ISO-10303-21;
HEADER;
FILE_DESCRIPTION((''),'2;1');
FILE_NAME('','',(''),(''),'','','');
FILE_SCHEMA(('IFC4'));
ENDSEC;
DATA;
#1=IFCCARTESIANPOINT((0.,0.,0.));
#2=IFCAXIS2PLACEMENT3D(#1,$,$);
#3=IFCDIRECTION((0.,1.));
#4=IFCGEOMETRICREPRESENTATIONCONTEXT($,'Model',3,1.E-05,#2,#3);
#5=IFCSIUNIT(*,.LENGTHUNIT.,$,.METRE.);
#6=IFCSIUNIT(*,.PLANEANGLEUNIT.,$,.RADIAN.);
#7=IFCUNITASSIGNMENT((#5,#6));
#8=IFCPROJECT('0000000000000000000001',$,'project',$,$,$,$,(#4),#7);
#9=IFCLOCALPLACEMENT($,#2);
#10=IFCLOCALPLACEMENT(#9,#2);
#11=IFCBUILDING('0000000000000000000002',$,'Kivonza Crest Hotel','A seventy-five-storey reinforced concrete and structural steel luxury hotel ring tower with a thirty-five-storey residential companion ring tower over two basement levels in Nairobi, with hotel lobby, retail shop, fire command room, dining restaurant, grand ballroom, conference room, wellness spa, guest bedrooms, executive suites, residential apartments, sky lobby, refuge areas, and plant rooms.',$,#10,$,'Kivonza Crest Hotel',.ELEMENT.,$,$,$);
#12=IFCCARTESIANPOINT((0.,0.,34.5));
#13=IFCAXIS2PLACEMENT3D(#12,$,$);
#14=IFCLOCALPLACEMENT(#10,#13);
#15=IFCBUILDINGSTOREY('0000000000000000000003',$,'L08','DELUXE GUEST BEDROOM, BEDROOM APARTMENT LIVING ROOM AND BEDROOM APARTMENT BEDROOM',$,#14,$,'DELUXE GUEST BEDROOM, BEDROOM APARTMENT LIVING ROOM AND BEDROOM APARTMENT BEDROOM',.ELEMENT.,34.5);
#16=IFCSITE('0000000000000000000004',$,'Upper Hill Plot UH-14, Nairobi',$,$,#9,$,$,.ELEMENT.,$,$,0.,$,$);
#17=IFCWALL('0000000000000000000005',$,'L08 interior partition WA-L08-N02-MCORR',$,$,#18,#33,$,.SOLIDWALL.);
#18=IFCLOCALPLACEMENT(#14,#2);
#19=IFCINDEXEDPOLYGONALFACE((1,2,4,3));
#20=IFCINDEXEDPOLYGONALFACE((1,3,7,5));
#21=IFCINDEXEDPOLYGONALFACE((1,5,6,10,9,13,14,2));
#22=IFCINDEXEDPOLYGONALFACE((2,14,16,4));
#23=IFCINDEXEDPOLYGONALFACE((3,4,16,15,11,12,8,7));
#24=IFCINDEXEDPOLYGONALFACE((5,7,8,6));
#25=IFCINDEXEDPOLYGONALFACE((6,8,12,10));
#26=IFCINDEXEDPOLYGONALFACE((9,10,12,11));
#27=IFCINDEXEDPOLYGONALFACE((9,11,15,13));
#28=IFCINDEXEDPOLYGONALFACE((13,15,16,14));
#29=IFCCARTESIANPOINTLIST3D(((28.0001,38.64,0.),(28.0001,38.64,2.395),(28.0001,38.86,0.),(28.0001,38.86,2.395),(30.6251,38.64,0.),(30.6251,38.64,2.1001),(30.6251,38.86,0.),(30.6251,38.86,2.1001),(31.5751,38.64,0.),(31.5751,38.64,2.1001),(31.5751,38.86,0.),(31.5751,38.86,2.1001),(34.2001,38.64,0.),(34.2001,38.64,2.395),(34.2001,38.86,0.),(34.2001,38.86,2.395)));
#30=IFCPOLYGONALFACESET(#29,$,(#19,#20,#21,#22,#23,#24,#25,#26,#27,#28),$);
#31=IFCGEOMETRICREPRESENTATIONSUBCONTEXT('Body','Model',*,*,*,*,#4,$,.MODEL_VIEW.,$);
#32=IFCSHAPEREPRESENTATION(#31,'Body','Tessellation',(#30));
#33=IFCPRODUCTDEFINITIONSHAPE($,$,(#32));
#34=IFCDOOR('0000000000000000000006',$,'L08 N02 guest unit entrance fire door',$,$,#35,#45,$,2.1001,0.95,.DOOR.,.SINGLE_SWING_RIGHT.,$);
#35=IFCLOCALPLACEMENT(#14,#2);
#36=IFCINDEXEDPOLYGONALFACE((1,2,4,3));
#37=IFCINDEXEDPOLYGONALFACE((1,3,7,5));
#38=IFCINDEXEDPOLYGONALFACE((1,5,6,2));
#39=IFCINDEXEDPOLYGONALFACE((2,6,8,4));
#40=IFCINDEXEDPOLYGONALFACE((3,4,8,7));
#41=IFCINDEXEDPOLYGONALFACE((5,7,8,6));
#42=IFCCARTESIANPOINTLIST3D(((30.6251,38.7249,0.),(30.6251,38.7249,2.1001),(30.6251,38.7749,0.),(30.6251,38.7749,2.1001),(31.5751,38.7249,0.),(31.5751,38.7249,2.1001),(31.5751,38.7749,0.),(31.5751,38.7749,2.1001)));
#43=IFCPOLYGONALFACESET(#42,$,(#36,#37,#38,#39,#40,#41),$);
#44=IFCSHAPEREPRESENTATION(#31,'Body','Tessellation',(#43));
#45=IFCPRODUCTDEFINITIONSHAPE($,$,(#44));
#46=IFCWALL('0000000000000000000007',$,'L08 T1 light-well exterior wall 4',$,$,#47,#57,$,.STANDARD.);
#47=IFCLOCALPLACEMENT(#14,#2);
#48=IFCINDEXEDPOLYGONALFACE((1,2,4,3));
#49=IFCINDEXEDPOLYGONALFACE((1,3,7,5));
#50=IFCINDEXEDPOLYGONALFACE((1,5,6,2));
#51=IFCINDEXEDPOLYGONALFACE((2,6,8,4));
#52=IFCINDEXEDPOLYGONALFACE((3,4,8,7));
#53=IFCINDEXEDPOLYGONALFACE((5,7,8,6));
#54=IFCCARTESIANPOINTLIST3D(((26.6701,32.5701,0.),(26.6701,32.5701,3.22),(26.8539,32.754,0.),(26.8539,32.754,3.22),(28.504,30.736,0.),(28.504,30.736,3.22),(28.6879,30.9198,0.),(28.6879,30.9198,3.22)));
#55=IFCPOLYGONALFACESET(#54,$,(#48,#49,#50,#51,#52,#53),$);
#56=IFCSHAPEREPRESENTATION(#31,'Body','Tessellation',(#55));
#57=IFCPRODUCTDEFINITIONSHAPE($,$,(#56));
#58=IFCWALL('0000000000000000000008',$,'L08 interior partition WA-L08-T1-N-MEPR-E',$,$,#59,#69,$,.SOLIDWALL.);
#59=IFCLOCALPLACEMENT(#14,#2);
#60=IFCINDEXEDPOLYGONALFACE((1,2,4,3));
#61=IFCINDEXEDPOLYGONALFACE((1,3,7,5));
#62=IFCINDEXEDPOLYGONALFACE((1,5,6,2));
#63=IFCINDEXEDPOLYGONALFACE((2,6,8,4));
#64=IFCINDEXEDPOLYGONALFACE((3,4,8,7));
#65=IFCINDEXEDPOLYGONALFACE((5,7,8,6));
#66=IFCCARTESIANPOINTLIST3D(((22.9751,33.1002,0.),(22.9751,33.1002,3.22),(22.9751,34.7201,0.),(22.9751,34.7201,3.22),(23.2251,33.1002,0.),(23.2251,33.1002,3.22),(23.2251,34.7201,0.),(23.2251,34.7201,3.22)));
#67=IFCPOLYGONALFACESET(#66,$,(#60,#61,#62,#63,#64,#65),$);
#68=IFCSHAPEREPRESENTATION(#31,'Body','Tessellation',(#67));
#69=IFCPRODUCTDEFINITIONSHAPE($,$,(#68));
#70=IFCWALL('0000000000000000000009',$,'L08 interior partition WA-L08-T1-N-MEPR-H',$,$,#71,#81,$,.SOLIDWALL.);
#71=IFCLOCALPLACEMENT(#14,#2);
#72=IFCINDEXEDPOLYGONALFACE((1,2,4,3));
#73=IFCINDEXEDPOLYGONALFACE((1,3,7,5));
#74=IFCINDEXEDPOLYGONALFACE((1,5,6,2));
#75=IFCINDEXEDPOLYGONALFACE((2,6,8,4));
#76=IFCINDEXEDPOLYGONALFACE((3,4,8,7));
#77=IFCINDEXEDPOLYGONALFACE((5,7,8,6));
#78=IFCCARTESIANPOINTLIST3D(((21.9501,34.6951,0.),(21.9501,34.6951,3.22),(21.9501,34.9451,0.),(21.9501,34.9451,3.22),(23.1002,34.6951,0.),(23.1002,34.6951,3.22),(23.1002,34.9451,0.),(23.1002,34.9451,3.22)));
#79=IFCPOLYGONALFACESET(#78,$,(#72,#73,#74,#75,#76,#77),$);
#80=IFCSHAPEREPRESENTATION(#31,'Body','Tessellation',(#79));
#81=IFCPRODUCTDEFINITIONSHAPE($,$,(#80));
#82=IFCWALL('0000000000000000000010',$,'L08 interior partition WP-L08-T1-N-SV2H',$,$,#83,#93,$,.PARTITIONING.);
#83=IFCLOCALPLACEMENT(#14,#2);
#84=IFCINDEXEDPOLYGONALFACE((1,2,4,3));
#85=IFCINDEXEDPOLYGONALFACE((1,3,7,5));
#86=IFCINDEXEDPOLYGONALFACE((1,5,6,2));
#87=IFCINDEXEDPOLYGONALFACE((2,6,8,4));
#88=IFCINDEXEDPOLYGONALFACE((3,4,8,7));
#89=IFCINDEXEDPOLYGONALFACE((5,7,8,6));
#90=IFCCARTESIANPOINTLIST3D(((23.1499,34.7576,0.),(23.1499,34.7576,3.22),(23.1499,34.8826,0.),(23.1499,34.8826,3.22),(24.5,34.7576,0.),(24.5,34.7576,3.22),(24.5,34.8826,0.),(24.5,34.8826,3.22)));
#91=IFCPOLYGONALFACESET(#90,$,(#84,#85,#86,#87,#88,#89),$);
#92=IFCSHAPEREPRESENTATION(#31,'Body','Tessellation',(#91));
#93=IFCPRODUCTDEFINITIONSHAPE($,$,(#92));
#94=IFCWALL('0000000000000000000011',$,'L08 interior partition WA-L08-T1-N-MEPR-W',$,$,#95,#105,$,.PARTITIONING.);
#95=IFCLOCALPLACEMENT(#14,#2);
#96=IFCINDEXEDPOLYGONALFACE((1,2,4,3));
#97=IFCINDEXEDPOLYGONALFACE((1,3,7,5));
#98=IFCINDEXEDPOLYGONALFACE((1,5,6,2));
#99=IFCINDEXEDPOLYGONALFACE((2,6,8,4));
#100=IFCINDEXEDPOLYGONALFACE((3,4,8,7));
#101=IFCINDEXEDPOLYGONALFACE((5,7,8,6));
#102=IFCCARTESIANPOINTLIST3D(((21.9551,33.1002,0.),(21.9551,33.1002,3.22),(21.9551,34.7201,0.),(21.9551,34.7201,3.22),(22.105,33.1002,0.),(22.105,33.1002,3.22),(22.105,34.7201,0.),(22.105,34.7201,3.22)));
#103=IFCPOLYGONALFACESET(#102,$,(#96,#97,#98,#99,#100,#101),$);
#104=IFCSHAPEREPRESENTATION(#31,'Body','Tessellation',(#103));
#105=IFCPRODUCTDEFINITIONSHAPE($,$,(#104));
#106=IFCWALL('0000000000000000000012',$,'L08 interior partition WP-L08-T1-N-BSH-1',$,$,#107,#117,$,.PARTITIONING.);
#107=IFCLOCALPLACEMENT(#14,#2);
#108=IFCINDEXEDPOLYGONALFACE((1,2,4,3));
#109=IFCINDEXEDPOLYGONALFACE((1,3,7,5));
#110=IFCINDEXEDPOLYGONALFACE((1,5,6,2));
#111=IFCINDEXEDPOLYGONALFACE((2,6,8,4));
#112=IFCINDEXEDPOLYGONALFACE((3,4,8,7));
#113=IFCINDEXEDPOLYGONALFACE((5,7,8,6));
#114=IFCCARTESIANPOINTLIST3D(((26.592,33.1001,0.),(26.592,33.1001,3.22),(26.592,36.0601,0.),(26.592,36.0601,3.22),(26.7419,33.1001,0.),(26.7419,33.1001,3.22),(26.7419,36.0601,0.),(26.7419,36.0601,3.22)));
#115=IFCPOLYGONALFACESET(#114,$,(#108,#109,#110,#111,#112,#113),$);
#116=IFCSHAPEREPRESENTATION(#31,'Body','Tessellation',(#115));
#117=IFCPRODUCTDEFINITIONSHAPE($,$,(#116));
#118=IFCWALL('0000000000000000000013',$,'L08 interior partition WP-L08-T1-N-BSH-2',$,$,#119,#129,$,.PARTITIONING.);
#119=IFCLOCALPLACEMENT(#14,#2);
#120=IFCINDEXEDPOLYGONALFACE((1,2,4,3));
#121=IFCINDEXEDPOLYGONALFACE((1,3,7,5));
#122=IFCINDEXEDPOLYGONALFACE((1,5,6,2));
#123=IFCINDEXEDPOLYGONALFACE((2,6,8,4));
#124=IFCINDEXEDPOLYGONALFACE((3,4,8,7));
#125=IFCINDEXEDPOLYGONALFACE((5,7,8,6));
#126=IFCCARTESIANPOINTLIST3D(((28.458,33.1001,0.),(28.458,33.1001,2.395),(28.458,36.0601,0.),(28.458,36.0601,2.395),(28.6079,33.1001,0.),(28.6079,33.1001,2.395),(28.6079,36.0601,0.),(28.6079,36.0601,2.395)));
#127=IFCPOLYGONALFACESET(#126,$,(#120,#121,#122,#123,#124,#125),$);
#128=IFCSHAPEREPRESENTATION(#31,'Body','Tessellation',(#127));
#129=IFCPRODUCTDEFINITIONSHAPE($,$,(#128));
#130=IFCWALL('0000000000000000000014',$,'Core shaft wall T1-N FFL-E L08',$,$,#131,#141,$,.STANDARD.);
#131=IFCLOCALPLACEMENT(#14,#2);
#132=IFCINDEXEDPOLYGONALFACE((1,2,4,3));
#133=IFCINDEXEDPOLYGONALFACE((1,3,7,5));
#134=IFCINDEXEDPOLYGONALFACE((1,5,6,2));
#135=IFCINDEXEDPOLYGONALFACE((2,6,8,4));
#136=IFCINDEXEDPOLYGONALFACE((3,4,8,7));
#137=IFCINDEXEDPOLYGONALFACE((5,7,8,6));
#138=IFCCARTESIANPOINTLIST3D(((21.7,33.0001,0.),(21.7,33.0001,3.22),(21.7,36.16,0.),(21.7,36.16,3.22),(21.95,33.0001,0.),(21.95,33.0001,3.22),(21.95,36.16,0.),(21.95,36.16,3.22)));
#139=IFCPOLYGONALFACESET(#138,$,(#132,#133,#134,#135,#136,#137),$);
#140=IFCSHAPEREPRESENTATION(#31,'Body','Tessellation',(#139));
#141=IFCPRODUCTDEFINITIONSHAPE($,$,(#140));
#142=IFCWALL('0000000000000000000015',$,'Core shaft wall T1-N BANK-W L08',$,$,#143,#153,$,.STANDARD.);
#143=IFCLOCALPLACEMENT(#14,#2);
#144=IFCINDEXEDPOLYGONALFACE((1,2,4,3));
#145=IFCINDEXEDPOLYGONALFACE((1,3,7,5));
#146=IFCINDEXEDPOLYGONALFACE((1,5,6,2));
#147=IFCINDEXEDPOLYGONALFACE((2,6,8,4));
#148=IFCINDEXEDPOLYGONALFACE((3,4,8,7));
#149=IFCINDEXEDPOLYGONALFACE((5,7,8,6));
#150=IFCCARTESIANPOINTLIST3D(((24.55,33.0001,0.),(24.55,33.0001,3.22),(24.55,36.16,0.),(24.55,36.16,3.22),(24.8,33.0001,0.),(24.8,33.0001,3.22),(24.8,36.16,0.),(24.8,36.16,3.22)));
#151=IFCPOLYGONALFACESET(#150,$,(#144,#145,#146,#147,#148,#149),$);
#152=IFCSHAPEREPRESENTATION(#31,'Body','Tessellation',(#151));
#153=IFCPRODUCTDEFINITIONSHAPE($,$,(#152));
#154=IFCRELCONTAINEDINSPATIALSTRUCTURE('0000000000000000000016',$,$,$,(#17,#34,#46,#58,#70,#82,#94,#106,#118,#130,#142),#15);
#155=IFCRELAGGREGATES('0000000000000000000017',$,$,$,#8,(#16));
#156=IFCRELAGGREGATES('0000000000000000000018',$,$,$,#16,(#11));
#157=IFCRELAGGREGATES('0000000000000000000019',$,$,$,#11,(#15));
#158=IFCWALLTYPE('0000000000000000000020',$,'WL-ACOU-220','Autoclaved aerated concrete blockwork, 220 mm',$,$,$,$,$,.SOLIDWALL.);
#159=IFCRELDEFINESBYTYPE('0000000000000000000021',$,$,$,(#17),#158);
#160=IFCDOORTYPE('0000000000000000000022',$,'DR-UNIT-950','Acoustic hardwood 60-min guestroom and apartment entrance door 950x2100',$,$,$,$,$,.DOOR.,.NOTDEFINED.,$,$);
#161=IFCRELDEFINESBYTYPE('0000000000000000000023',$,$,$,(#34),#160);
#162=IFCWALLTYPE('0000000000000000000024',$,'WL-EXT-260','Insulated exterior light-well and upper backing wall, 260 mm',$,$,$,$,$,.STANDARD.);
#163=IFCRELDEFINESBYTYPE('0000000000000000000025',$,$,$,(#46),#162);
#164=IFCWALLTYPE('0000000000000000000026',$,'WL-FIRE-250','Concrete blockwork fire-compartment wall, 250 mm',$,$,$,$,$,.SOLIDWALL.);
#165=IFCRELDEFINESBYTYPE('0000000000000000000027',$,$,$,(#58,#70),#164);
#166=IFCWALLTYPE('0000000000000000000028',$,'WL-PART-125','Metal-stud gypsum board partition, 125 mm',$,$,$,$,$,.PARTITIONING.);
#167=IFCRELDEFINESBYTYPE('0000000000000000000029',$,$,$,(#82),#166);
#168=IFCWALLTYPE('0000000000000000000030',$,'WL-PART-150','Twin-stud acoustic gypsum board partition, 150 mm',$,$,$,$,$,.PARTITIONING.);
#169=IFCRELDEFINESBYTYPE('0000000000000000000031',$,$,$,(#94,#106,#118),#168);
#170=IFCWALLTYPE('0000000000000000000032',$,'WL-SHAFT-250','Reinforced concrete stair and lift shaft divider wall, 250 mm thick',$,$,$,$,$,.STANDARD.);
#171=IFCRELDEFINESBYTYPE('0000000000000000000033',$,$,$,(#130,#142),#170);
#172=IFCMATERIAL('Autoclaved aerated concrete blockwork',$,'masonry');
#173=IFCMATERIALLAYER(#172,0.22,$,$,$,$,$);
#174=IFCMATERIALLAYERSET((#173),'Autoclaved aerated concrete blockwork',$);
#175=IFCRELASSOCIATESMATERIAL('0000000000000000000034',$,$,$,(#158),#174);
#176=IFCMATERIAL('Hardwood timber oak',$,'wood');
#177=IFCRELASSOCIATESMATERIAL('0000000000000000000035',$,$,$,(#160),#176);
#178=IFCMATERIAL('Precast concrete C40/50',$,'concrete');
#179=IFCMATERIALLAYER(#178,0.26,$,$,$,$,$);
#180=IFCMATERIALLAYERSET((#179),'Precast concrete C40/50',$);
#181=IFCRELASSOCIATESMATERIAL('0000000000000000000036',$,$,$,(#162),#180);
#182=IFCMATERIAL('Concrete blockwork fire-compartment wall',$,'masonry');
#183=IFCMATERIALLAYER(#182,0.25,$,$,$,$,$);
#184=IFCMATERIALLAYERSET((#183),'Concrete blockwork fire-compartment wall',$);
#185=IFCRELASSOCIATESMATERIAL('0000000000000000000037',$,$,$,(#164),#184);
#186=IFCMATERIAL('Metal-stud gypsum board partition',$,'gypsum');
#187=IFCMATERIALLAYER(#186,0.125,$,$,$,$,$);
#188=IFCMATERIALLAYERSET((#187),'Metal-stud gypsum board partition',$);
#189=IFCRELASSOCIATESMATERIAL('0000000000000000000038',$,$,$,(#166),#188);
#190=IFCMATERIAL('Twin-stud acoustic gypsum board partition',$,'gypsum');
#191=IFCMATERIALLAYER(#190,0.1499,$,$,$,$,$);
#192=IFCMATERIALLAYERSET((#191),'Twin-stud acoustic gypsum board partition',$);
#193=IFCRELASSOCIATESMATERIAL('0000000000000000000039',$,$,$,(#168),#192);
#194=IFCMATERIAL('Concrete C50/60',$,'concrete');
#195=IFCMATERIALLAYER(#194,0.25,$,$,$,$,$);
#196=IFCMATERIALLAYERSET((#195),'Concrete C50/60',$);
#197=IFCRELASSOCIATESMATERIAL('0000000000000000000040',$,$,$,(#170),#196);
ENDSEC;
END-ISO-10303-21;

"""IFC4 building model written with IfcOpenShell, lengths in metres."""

from ifc_helpers import new_model, si_unit, direction, frame, frame_2d, origin, place, context, subcontext, project, spatial, rectangle, extrude, material, layer, layer_set, type_object, element, fill, save


model = new_model("IFC4")

# Units and contexts
model_context = context("Model", 3, precision=1e-05, world=origin(), true_north=direction((0.0, 1.0)))
body_context = subcontext(model_context, "Body", "Model", "MODEL_VIEW")
ifc_project = project(units=[si_unit("LENGTHUNIT", "METRE"), si_unit("PLANEANGLEUNIT", "RADIAN")], contexts=[model_context])

# Site, building, storey
site_placement = place(None, origin())
site = spatial("IfcSite", under=ifc_project, at=site_placement, Name="Upper Hill Plot UH-14, Nairobi", CompositionType="ELEMENT", RefElevation=0.0)
building_placement = place(site_placement, origin())
building = spatial("IfcBuilding", under=site, at=building_placement, Name="Kivonza Crest Hotel", Description="A seventy-five-storey reinforced concrete and structural steel luxury hotel ring tower with a thirty-five-storey residential companion ring tower over two basement levels in Nairobi, with hotel lobby, retail shop, fire command room, dining restaurant, grand ballroom, conference room, wellness spa, guest bedrooms, executive suites, residential apartments, sky lobby, refuge areas, and plant rooms.", LongName="Kivonza Crest Hotel", CompositionType="ELEMENT")
storey_placement = place(building_placement, frame((0.0, 0.0, 34.5)))
storey = spatial("IfcBuildingStorey", under=building, at=storey_placement, Name="L08", Description="DELUXE GUEST BEDROOM, BEDROOM APARTMENT LIVING ROOM AND BEDROOM APARTMENT BEDROOM", LongName="DELUXE GUEST BEDROOM, BEDROOM APARTMENT LIVING ROOM AND BEDROOM APARTMENT BEDROOM", CompositionType="ELEMENT", Elevation=34.5)

# Shared definitions
ifc_material_1 = material(Name="Autoclaved aerated concrete blockwork", Category="masonry")
ifc_layer_1 = layer(ifc_material_1, 0.22)
ifc_layer_set_1 = layer_set([ifc_layer_1], Name="Autoclaved aerated concrete blockwork")
wall_type_1 = type_object("IfcWallType", Name="WL-ACOU-220", Description="Autoclaved aerated concrete blockwork, 220 mm", PredefinedType="SOLIDWALL", material=ifc_layer_set_1)

# Wall, opening, door
wall_1_placement = place(storey_placement, frame((28.0, 38.75, 0.0), z_axis=(0.0, 0.0, 1.0), x_axis=(1.0, 0.0, 0.0)))
wall_1 = element("IfcWall", 1, at=wall_1_placement, inside=storey, type_object=wall_type_1, Name="L08 interior partition WA-L08-N02-MCORR", PredefinedType="SOLIDWALL", context=body_context, shape_type="SweptSolid", body=[
    extrude(rectangle(XDim=6.2, YDim=0.22, at=frame_2d((3.1001, 0.0))), origin(), (0.0, 0.0, 1.0), 2.395),
])
opening_1_placement = place(wall_1_placement, frame((2.625, 0.0, 0.0)))
opening_1 = element("IfcOpeningElement", 2, at=opening_1_placement, cuts=wall_1, PredefinedType="OPENING", context=body_context, shape_type="SweptSolid", body=[
    extrude(rectangle(XDim=0.95, YDim=2.1001, at=frame_2d((0.4751, 1.05))), frame((0.0, 0.1201, 0.0), z_axis=(0.0, -1.0, 0.0), x_axis=(1.0, 0.0, 0.0)), (0.0, 0.0, 1.0), 0.24),
])
ifc_material_2 = material(Name="Hardwood timber oak", Category="wood")
door_type_1 = type_object("IfcDoorType", Name="DR-UNIT-950", Description="Acoustic hardwood 60-min guestroom and apartment entrance door 950x2100", OperationType="NOTDEFINED", PredefinedType="DOOR", material=ifc_material_2)
door_1_placement = place(opening_1_placement, origin())
door_1 = element("IfcDoor", 3, at=door_1_placement, inside=storey, type_object=door_type_1, Name="L08 N02 guest unit entrance fire door", OperationType="SINGLE_SWING_RIGHT", OverallHeight=2.1001, OverallWidth=0.95, PredefinedType="DOOR", context=body_context, shape_type="SweptSolid", body=[
    extrude(rectangle(XDim=0.95, YDim=2.1001, at=frame_2d((0.4751, 1.05))), frame((0.0, 0.0249, 0.0), z_axis=(0.0, -1.0, 0.0), x_axis=(1.0, 0.0, 0.0)), (0.0, 0.0, 1.0), 0.05),
])
fill(opening_1, door_1)

# Walls
ifc_material_3 = material(Name="Precast concrete C40/50", Category="concrete")
ifc_layer_2 = layer(ifc_material_3, 0.26)
ifc_layer_set_2 = layer_set([ifc_layer_2], Name="Precast concrete C40/50")
wall_type_2 = type_object("IfcWallType", Name="WL-EXT-260", Description="Insulated exterior light-well and upper backing wall, 260 mm", PredefinedType="STANDARD", material=ifc_layer_set_2)
wall_2_placement = place(storey_placement, frame((28.5959, 30.8279, 0.0), z_axis=(0.0, 0.0, 1.0), x_axis=(-0.70706, 0.707154, 0.0)))
element("IfcWall", 4, at=wall_2_placement, inside=storey, type_object=wall_type_2, Name="L08 T1 light-well exterior wall 4", PredefinedType="STANDARD", context=body_context, shape_type="SweptSolid", body=[
    extrude(rectangle(XDim=2.5938, YDim=0.26, at=frame_2d((1.2969, 0.0))), origin(), (0.0, 0.0, 1.0), 3.22),
])
ifc_material_4 = material(Name="Concrete blockwork fire-compartment wall", Category="masonry")
ifc_layer_3 = layer(ifc_material_4, 0.25)
ifc_layer_set_3 = layer_set([ifc_layer_3], Name="Concrete blockwork fire-compartment wall")
wall_type_3 = type_object("IfcWallType", Name="WL-FIRE-250", Description="Concrete blockwork fire-compartment wall, 250 mm", PredefinedType="SOLIDWALL", material=ifc_layer_set_3)
wall_3_placement = place(storey_placement, frame((23.1001, 33.1001, 0.0), z_axis=(0.0, 0.0, 1.0), x_axis=(0.0, 1.0, 0.0)))
element("IfcWall", 5, at=wall_3_placement, inside=storey, type_object=wall_type_3, Name="L08 interior partition WA-L08-T1-N-MEPR-E", PredefinedType="SOLIDWALL", context=body_context, shape_type="SweptSolid", body=[
    extrude(rectangle(XDim=1.6199, YDim=0.25, at=frame_2d((0.8101, 0.0))), origin(), (0.0, 0.0, 1.0), 3.22),
])
wall_4_placement = place(storey_placement, frame((21.95, 34.8201, 0.0), z_axis=(0.0, 0.0, 1.0), x_axis=(1.0, 0.0, 0.0)))
element("IfcWall", 6, at=wall_4_placement, inside=storey, type_object=wall_type_3, Name="L08 interior partition WA-L08-T1-N-MEPR-H", PredefinedType="SOLIDWALL", context=body_context, shape_type="SweptSolid", body=[
    extrude(rectangle(XDim=1.1501, YDim=0.25, at=frame_2d((0.5752, 0.0))), origin(), (0.0, 0.0, 1.0), 3.22),
])
ifc_material_5 = material(Name="Metal-stud gypsum board partition", Category="gypsum")
ifc_layer_4 = layer(ifc_material_5, 0.125)
ifc_layer_set_4 = layer_set([ifc_layer_4], Name="Metal-stud gypsum board partition")
wall_type_4 = type_object("IfcWallType", Name="WL-PART-125", Description="Metal-stud gypsum board partition, 125 mm", PredefinedType="PARTITIONING", material=ifc_layer_set_4)
wall_5_placement = place(storey_placement, frame((23.1499, 34.8201, 0.0), z_axis=(0.0, 0.0, 1.0), x_axis=(1.0, 0.0, 0.0)))
element("IfcWall", 7, at=wall_5_placement, inside=storey, type_object=wall_type_4, Name="L08 interior partition WP-L08-T1-N-SV2H", PredefinedType="PARTITIONING", context=body_context, shape_type="SweptSolid", body=[
    extrude(rectangle(XDim=1.3501, YDim=0.125, at=frame_2d((0.675, 0.0))), origin(), (0.0, 0.0, 1.0), 3.22),
])
ifc_material_6 = material(Name="Twin-stud acoustic gypsum board partition", Category="gypsum")
ifc_layer_5 = layer(ifc_material_6, 0.1499)
ifc_layer_set_5 = layer_set([ifc_layer_5], Name="Twin-stud acoustic gypsum board partition")
wall_type_5 = type_object("IfcWallType", Name="WL-PART-150", Description="Twin-stud acoustic gypsum board partition, 150 mm", PredefinedType="PARTITIONING", material=ifc_layer_set_5)
wall_6_placement = place(storey_placement, frame((22.03, 33.1001, 0.0), z_axis=(0.0, 0.0, 1.0), x_axis=(0.0, 1.0, 0.0)))
element("IfcWall", 8, at=wall_6_placement, inside=storey, type_object=wall_type_5, Name="L08 interior partition WA-L08-T1-N-MEPR-W", PredefinedType="PARTITIONING", context=body_context, shape_type="SweptSolid", body=[
    extrude(rectangle(XDim=1.6199, YDim=0.1499, at=frame_2d((0.8101, 0.0))), origin(), (0.0, 0.0, 1.0), 3.22),
])
wall_7_placement = place(storey_placement, frame((26.667, 33.1001, 0.0), z_axis=(0.0, 0.0, 1.0), x_axis=(0.0, 1.0, 0.0)))
element("IfcWall", 9, at=wall_7_placement, inside=storey, type_object=wall_type_5, Name="L08 interior partition WP-L08-T1-N-BSH-1", PredefinedType="PARTITIONING", context=body_context, shape_type="SweptSolid", body=[
    extrude(rectangle(XDim=2.96, YDim=0.1499, at=frame_2d((1.48, 0.0))), origin(), (0.0, 0.0, 1.0), 3.22),
])
wall_8_placement = place(storey_placement, frame((28.533, 33.1001, 0.0), z_axis=(0.0, 0.0, 1.0), x_axis=(0.0, 1.0, 0.0)))
element("IfcWall", 10, at=wall_8_placement, inside=storey, type_object=wall_type_5, Name="L08 interior partition WP-L08-T1-N-BSH-2", PredefinedType="PARTITIONING", context=body_context, shape_type="SweptSolid", body=[
    extrude(rectangle(XDim=2.96, YDim=0.1499, at=frame_2d((1.48, 0.0))), origin(), (0.0, 0.0, 1.0), 2.395),
])

# Shared definitions
ifc_material_7 = material(Name="Concrete C50/60", Category="concrete")
ifc_layer_6 = layer(ifc_material_7, 0.25)
ifc_layer_set_6 = layer_set([ifc_layer_6], Name="Concrete C50/60")
wall_type_6 = type_object("IfcWallType", Name="WL-SHAFT-250", Description="Reinforced concrete stair and lift shaft divider wall, 250 mm thick", PredefinedType="STANDARD", material=ifc_layer_set_6)

# Walls
for number, where, z_axis, x_axis, name in (
    (11, (21.825, 33.0, 0.0), (0.0, 0.0, 1.0), (0.0, 1.0, 0.0), "Core shaft wall T1-N FFL-E L08"),
    (12, (24.675, 33.0, 0.0), (0.0, 0.0, 1.0), (0.0, 1.0, 0.0), "Core shaft wall T1-N BANK-W L08"),
):
    element("IfcWall", number, at=place(storey_placement, frame(where, z_axis=z_axis, x_axis=x_axis)), inside=storey, type_object=wall_type_6, Name=name, PredefinedType="STANDARD", context=body_context, shape_type="SweptSolid", body=[
        extrude(rectangle(XDim=3.1599, YDim=0.25, at=frame_2d((1.5801, 0.0))), origin(), (0.0, 0.0, 1.0), 3.22),
    ])

save(model, "model.ifc")
